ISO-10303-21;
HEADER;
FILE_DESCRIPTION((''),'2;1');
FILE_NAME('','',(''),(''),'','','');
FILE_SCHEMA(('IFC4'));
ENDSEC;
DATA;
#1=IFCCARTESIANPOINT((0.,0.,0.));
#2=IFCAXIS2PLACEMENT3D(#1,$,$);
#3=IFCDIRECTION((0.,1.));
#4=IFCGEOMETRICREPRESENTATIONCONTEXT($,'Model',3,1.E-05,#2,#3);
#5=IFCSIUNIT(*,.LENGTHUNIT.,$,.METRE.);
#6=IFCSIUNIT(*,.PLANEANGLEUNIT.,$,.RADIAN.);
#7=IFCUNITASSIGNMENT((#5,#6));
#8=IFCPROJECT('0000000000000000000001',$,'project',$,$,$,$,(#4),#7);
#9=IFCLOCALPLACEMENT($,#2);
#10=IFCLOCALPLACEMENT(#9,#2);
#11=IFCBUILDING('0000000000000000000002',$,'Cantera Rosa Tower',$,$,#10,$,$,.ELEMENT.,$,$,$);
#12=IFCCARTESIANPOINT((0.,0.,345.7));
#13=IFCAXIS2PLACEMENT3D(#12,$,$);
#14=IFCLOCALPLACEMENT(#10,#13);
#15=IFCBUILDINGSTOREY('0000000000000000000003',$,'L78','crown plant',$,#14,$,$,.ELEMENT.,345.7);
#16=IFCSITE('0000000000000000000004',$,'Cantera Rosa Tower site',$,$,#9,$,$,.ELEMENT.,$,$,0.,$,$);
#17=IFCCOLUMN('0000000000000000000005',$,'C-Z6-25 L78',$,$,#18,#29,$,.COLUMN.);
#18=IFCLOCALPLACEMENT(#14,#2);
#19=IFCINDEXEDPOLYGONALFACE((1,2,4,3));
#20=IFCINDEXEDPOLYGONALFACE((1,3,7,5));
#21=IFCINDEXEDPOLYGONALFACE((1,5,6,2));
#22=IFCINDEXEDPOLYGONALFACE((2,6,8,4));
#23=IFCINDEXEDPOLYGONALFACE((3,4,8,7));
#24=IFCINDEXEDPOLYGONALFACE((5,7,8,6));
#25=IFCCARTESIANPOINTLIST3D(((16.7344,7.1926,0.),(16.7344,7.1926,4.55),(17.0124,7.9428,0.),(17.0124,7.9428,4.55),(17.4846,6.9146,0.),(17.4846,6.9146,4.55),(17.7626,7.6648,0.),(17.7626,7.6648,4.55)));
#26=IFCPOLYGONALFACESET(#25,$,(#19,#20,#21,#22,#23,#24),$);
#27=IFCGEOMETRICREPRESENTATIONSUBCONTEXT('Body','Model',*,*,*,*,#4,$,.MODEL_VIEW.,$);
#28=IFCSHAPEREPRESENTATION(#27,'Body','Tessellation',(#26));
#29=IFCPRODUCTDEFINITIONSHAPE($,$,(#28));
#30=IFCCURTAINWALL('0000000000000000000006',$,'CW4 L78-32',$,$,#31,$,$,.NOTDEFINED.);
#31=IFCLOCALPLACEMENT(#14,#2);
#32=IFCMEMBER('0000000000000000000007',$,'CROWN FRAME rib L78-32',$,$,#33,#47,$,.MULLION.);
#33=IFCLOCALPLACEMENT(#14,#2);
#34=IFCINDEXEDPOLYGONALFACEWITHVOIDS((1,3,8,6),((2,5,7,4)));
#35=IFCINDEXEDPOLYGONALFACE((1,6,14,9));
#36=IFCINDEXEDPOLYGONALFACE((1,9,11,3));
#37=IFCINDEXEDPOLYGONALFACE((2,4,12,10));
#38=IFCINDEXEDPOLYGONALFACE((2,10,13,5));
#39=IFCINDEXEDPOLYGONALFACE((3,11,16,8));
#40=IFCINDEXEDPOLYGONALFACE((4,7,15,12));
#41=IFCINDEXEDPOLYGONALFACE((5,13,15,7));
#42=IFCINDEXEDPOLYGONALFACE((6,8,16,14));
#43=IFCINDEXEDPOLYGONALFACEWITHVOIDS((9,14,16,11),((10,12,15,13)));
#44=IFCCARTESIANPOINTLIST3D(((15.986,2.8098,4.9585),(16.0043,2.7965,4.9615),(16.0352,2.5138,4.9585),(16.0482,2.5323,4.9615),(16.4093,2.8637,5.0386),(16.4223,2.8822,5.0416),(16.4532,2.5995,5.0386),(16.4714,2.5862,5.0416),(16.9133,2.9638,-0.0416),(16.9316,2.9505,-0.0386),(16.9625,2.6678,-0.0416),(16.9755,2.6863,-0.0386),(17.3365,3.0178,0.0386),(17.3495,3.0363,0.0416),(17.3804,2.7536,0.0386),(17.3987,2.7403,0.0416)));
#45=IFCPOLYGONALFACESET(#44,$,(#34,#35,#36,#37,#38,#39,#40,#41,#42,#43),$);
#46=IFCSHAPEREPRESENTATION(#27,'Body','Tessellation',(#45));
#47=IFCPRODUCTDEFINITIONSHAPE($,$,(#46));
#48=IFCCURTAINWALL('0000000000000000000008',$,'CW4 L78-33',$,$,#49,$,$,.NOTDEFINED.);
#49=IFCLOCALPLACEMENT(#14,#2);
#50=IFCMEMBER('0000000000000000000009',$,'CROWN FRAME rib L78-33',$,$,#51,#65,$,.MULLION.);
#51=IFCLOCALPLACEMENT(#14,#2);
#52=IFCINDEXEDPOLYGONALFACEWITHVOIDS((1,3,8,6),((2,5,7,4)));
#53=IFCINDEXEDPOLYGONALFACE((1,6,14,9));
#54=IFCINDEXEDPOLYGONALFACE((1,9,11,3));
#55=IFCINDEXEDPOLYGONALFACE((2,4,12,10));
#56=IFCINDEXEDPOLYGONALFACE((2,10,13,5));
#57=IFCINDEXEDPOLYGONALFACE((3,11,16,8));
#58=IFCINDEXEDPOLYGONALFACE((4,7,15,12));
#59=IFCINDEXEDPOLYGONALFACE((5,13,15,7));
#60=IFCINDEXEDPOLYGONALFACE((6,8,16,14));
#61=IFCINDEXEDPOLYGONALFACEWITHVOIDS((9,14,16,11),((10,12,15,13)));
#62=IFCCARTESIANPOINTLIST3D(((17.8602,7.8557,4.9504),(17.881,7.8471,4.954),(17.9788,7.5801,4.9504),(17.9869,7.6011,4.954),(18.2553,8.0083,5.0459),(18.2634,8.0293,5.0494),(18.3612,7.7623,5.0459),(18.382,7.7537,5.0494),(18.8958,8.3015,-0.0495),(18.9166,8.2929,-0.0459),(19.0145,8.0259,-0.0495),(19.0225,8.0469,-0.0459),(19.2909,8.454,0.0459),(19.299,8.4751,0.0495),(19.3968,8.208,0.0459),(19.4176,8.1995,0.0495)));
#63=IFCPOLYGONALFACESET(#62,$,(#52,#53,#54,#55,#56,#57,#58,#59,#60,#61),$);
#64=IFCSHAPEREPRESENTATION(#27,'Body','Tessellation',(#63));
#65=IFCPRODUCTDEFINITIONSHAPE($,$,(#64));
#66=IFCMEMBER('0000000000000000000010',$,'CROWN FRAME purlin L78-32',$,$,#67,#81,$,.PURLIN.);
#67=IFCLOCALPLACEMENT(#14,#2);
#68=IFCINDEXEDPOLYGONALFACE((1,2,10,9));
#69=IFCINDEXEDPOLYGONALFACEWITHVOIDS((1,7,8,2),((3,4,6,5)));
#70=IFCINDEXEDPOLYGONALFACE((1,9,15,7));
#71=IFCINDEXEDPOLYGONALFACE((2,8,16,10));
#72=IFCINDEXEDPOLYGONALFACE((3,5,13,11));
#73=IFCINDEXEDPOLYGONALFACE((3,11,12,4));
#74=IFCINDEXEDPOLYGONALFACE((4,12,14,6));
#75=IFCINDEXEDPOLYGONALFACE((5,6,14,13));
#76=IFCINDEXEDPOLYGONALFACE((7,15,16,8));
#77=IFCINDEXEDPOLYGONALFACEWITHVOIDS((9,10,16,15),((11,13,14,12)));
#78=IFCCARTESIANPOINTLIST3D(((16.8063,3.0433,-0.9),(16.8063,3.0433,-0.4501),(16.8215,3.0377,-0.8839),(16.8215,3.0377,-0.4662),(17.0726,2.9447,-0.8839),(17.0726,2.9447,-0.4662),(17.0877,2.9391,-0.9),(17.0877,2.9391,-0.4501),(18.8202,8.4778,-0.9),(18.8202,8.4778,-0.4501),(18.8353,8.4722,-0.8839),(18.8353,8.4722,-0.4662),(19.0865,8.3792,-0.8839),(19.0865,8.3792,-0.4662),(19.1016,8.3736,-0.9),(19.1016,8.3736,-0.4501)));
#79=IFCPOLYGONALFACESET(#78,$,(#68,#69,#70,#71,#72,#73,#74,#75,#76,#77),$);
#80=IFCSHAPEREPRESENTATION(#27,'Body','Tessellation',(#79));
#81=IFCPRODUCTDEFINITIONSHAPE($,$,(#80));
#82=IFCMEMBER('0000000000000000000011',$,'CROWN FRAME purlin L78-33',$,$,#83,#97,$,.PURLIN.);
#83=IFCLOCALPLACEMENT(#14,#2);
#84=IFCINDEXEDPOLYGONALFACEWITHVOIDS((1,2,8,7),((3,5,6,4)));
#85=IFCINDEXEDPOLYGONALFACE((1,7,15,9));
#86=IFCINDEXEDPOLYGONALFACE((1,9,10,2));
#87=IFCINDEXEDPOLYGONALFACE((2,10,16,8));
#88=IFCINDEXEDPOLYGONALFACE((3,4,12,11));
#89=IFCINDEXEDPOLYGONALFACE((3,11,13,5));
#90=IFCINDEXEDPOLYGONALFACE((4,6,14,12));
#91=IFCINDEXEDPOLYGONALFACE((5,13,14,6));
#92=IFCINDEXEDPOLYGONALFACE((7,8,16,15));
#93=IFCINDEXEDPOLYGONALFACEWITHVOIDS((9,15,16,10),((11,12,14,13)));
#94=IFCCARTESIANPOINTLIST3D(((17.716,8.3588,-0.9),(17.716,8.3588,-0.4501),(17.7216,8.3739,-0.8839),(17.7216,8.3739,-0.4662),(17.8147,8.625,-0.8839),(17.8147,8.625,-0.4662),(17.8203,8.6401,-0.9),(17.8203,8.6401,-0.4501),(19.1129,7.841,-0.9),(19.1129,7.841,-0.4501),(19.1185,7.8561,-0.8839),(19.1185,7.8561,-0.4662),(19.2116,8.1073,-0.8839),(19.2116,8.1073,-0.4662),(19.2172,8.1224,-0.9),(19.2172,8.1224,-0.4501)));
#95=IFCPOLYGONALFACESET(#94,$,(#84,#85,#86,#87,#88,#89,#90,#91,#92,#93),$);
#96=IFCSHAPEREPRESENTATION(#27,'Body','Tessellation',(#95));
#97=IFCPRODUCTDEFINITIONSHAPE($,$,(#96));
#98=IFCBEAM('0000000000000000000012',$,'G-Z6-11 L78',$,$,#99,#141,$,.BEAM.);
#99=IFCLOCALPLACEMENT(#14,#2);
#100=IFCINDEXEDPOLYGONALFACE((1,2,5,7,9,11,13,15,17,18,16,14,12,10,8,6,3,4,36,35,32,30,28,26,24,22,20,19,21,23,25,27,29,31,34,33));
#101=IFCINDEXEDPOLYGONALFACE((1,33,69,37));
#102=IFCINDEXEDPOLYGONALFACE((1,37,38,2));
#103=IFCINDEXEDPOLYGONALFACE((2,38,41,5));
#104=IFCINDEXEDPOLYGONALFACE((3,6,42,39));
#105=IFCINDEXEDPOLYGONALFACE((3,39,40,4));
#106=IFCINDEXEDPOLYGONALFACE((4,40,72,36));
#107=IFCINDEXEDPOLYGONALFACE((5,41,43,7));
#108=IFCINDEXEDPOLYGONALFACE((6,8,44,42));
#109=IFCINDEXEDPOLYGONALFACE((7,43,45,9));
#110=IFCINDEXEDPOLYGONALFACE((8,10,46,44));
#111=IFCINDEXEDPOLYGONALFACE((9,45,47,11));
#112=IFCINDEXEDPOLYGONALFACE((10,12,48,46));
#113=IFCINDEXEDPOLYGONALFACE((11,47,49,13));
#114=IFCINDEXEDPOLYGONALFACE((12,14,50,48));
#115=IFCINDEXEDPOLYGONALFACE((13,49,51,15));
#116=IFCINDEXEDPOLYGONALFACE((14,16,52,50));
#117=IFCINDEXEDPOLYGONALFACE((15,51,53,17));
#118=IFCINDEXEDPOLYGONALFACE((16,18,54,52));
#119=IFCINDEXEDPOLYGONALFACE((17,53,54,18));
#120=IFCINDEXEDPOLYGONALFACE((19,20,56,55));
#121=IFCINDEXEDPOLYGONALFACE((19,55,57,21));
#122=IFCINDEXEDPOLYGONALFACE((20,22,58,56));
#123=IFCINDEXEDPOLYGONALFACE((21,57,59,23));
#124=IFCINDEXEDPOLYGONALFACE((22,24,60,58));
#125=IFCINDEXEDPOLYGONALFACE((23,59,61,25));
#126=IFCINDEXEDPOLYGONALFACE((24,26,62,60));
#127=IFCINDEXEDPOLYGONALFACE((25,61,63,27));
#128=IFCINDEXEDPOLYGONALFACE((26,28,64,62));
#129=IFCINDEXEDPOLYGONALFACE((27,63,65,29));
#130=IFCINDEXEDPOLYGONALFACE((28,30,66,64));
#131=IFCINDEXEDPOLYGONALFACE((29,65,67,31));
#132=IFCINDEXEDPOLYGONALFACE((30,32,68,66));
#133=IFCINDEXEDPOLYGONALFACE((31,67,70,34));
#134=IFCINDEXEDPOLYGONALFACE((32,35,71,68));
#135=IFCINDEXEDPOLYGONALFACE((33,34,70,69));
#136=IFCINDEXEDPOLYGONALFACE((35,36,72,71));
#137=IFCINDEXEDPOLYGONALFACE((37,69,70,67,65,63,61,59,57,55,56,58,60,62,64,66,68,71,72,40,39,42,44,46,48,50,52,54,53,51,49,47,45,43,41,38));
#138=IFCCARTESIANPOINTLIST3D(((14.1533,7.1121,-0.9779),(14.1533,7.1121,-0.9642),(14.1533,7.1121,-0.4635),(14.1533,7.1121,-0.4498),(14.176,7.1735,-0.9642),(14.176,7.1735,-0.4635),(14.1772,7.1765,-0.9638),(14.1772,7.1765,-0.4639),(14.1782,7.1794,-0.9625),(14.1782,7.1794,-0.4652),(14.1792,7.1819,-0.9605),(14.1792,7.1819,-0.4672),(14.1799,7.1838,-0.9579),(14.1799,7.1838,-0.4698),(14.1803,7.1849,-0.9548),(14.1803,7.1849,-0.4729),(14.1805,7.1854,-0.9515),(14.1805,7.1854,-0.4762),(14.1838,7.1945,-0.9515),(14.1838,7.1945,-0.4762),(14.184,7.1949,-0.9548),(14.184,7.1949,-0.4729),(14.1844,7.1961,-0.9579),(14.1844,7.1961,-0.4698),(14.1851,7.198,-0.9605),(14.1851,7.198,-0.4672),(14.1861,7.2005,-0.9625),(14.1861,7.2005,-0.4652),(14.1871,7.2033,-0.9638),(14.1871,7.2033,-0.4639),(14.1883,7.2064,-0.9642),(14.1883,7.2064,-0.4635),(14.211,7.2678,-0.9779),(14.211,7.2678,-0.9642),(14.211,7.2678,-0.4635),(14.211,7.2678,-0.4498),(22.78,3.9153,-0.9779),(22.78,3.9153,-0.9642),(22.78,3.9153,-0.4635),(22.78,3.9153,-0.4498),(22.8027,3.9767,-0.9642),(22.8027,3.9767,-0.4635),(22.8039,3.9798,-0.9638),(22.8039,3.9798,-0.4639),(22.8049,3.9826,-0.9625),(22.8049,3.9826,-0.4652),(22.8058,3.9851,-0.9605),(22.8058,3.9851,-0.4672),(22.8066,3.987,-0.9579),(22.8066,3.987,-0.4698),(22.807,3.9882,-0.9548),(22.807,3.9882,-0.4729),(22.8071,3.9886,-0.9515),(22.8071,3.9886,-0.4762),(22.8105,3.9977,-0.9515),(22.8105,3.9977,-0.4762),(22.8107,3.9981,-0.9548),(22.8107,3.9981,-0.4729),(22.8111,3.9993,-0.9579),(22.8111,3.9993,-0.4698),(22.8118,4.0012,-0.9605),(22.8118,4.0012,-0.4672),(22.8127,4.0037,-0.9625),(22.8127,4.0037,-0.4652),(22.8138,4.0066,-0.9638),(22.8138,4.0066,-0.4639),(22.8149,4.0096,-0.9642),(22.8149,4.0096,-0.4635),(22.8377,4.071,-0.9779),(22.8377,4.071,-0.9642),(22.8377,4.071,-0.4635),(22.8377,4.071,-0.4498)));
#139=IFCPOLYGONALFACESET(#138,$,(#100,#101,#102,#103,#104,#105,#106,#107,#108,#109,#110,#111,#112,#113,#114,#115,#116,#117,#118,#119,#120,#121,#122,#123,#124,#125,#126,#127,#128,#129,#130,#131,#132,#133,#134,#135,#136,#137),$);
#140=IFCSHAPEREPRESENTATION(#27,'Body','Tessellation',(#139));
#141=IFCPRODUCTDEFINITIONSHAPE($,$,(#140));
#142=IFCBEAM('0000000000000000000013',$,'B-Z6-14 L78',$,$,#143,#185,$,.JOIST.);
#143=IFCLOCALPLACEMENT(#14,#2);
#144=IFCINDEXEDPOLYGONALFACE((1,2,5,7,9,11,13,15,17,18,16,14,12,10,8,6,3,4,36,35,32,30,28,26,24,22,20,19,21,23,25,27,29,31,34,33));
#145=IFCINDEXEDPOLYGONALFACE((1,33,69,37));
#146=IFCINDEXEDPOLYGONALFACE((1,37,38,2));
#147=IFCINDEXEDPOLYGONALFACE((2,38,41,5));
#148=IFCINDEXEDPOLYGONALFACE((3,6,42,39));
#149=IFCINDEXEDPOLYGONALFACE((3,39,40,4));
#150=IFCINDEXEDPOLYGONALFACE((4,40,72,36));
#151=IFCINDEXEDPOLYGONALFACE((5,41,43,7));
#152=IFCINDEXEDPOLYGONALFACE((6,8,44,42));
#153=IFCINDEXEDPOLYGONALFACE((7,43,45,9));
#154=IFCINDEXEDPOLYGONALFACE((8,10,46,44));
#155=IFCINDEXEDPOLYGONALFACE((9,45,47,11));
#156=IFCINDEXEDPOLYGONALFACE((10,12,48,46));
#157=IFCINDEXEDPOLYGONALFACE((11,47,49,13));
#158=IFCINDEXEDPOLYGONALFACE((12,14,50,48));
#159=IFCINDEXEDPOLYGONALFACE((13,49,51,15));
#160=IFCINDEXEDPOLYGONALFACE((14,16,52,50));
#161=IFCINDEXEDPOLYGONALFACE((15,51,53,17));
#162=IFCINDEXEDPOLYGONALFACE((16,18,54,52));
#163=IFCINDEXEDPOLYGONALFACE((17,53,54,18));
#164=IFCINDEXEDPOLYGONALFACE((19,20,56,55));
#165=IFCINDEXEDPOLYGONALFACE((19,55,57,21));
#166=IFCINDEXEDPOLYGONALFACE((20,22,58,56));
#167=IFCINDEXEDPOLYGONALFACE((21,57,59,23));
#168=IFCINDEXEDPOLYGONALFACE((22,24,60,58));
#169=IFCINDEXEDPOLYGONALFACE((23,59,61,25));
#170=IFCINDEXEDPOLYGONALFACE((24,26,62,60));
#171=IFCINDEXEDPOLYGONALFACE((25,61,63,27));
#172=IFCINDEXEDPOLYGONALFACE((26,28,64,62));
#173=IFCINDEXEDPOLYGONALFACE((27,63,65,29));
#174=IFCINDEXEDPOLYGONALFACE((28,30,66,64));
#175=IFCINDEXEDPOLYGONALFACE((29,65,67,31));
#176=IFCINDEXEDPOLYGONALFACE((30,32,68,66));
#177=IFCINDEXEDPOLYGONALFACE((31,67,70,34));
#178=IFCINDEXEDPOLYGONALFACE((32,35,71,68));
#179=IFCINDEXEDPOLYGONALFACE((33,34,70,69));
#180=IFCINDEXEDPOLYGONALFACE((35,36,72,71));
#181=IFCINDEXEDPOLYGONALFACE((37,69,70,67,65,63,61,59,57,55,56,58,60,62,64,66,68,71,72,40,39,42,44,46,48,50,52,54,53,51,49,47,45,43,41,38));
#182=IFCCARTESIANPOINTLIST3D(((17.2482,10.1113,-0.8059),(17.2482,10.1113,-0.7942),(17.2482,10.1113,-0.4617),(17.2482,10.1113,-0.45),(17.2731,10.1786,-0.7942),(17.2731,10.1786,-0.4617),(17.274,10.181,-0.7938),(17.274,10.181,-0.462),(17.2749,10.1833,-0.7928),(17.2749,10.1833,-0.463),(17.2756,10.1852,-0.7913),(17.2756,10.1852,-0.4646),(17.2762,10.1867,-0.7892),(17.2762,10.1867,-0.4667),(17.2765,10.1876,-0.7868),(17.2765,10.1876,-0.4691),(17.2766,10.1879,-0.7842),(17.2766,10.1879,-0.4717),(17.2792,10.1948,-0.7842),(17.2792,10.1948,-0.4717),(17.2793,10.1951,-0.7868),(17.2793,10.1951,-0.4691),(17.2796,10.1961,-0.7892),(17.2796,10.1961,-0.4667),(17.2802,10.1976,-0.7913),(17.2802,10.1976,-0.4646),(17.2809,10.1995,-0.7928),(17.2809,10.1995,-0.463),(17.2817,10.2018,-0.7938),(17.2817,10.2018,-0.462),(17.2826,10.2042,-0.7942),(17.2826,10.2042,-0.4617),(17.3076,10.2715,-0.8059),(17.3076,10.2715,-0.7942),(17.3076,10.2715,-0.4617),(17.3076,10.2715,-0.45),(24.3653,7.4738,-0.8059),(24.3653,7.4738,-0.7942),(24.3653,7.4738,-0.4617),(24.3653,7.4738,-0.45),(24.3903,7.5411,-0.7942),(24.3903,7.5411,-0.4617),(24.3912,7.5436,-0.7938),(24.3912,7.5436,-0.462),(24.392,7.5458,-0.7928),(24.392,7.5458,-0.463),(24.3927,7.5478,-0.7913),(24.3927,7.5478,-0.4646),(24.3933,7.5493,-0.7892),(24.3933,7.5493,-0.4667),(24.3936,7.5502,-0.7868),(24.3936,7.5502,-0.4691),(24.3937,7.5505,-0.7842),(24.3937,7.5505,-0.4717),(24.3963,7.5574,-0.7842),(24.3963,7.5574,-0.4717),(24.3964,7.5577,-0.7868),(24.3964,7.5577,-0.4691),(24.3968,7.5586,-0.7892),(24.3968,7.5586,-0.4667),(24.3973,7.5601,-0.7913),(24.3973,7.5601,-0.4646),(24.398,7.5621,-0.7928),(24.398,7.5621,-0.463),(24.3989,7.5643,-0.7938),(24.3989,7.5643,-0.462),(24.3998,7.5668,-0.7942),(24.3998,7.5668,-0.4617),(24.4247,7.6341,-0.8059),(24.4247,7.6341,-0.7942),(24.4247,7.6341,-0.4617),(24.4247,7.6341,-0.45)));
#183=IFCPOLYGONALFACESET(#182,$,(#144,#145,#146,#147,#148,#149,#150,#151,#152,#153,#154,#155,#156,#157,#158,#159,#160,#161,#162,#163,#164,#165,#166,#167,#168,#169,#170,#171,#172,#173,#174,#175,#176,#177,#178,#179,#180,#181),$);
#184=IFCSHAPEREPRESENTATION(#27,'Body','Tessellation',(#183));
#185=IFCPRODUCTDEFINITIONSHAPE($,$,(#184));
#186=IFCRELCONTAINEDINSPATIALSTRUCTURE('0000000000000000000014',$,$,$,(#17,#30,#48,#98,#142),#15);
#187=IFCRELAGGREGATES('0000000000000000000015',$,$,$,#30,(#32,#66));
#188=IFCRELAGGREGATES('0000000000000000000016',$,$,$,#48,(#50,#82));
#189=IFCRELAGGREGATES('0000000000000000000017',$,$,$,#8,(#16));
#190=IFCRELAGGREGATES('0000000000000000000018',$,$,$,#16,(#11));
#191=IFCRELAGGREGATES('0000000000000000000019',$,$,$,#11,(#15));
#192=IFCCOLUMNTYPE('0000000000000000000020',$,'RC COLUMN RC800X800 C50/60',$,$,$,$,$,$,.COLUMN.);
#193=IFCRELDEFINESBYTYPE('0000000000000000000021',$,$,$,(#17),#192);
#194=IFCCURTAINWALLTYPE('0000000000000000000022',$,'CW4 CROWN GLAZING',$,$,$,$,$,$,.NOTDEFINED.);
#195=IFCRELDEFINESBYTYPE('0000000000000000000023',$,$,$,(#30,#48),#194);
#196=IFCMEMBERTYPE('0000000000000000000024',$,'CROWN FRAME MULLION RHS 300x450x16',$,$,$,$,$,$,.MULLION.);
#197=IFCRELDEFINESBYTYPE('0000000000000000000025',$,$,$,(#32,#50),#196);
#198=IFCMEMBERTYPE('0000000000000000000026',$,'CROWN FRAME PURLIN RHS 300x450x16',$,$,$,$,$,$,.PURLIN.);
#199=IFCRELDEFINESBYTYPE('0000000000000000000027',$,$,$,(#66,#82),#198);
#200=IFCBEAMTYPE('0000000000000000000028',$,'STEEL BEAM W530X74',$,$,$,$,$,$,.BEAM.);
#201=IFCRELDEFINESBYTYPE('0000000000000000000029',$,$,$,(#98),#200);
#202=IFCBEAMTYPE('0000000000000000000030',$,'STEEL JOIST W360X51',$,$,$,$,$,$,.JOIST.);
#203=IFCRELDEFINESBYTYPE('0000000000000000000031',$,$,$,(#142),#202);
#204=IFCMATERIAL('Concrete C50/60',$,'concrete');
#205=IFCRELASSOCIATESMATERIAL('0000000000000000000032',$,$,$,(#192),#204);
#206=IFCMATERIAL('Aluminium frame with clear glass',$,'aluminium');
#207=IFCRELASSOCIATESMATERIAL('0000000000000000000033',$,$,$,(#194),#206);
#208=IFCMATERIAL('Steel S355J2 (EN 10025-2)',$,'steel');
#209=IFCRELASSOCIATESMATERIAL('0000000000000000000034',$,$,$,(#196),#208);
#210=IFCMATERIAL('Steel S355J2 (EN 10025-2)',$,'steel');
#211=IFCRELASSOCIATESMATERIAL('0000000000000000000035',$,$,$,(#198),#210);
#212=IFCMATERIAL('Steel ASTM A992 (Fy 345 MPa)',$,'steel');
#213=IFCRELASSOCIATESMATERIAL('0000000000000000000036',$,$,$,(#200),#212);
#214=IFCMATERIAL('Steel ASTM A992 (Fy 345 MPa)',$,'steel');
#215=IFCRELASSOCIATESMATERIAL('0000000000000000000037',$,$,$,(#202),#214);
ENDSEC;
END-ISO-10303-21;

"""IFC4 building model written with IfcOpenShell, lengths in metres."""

from ifc_helpers import new_model, si_unit, direction, frame, origin, origin_2d, place, context, subcontext, project, spatial, rectangle, hollow_rectangle, i_section, extrude, material, material_profile, profile_set, type_object, element, aggregate, save


model = new_model("IFC4")

# Units and contexts
model_context = context("Model", 3, precision=1e-05, world=origin(), true_north=direction((0.0, 1.0)))
body_context = subcontext(model_context, "Body", "Model", "MODEL_VIEW")
ifc_project = project(units=[si_unit("LENGTHUNIT", "METRE"), si_unit("PLANEANGLEUNIT", "RADIAN")], contexts=[model_context])

# Site, building, storey
site_placement = place(None, origin())
site = spatial("IfcSite", under=ifc_project, at=site_placement, Name="Cantera Rosa Tower site", CompositionType="ELEMENT", RefElevation=0.0)
building_placement = place(site_placement, origin())
building = spatial("IfcBuilding", under=site, at=building_placement, Name="Cantera Rosa Tower", CompositionType="ELEMENT")
storey_placement = place(building_placement, frame((0.0, 0.0, 345.7)))
storey = spatial("IfcBuildingStorey", under=building, at=storey_placement, Name="L78", Description="crown plant", CompositionType="ELEMENT", Elevation=345.7)

# Column
ifc_material_1 = material(Name="Concrete C50/60", Category="concrete")
ifc_material_profile_1 = material_profile(ifc_material_1, rectangle(XDim=0.8, YDim=0.8, at=origin_2d()), Name="RC COLUMN RC800X800 C50/60")
ifc_profile_set_1 = profile_set([ifc_material_profile_1], Name="Concrete C50/60")
column_type = type_object("IfcColumnType", Name="RC COLUMN RC800X800 C50/60", PredefinedType="COLUMN", material=ifc_profile_set_1)
column_placement = place(storey_placement, frame((17.2485, 7.4287, 0.0), z_axis=(0.0, 0.0, 1.0), x_axis=(0.347481, 0.937687, 0.0)))
element("IfcColumn", 1, at=column_placement, inside=storey, type_object=column_type, Name="C-Z6-25 L78", PredefinedType="COLUMN", context=body_context, shape_type="SweptSolid", body=[
    extrude(rectangle(XDim=0.8, YDim=0.8, at=origin_2d()), origin(), (0.0, 0.0, 1.0), 4.55),
])

# Curtain walls, members
ifc_material_2 = material(Name="Aluminium frame with clear glass", Category="aluminium")
curtain_wall_type = type_object("IfcCurtainWallType", Name="CW4 CROWN GLAZING", PredefinedType="NOTDEFINED", material=ifc_material_2)
curtain_wall_1_placement = place(storey_placement, origin())
curtain_wall_1 = element("IfcCurtainWall", 2, at=curtain_wall_1_placement, inside=storey, type_object=curtain_wall_type, Name="CW4 L78-32", PredefinedType="NOTDEFINED")
ifc_material_3 = material(Name="Steel S355J2 (EN 10025-2)", Category="steel")
ifc_material_profile_2 = material_profile(ifc_material_3, hollow_rectangle(XDim=0.3, YDim=0.45, WallThickness=0.0161, at=origin_2d()), Name="CROWN FRAME MULLION RHS 300x450x16")
ifc_profile_set_2 = profile_set([ifc_material_profile_2], Name="Steel S355J2 (EN 10025-2)")
member_type_1 = type_object("IfcMemberType", Name="CROWN FRAME MULLION RHS 300x450x16", PredefinedType="MULLION", material=ifc_profile_set_2)
member_1_placement = place(storey_placement, frame((17.156, 2.8521, 0.0), z_axis=(-0.182257, -0.03028, 0.982785), x_axis=(0.163894, -0.986478, 0.0)))
member_1 = element("IfcMember", 3, at=member_1_placement, type_object=member_type_1, Name="CROWN FRAME rib L78-32", PredefinedType="MULLION", context=body_context, shape_type="SweptSolid", body=[
    extrude(hollow_rectangle(XDim=0.3, YDim=0.45, WallThickness=0.0161, at=origin_2d()), origin(), (0.0, 0.0, 1.0), 5.0876),
])
curtain_wall_2_placement = place(storey_placement, origin())
curtain_wall_2 = element("IfcCurtainWall", 4, at=curtain_wall_2_placement, inside=storey, type_object=curtain_wall_type, Name="CW4 L78-33", PredefinedType="NOTDEFINED")
member_2_placement = place(storey_placement, frame((19.1567, 8.2505, 0.0), z_axis=(-0.202055, -0.086976, 0.975504), x_axis=(0.395382, -0.918517, 0.0)))
member_2 = element("IfcMember", 5, at=member_2_placement, type_object=member_type_1, Name="CROWN FRAME rib L78-33", PredefinedType="MULLION", context=body_context, shape_type="SweptSolid", body=[
    extrude(hollow_rectangle(XDim=0.3, YDim=0.45, WallThickness=0.0161, at=origin_2d()), origin(), (0.0, 0.0, 1.0), 5.1255),
])

# Members
ifc_material_4 = material(Name="Steel S355J2 (EN 10025-2)", Category="steel")
ifc_material_profile_3 = material_profile(ifc_material_4, hollow_rectangle(XDim=0.3, YDim=0.45, WallThickness=0.0161, at=origin_2d()), Name="CROWN FRAME PURLIN RHS 300x450x16")
ifc_profile_set_3 = profile_set([ifc_material_profile_3], Name="Steel S355J2 (EN 10025-2)")
member_type_2 = type_object("IfcMemberType", Name="CROWN FRAME PURLIN RHS 300x450x16", PredefinedType="PURLIN", material=ifc_profile_set_3)
member_3_placement = place(storey_placement, frame((16.947, 2.9912, -0.675), z_axis=(0.347483, 0.937686, 0.0), x_axis=(-0.937686, 0.347483, 0.0)))
member_3 = element("IfcMember", 6, at=member_3_placement, type_object=member_type_2, Name="CROWN FRAME purlin L78-32", PredefinedType="PURLIN", context=body_context, shape_type="SweptSolid", body=[
    extrude(hollow_rectangle(XDim=0.3, YDim=0.45, WallThickness=0.0161, at=origin_2d()), origin(), (0.0, 0.0, 1.0), 5.7957),
])
member_4_placement = place(storey_placement, frame((19.165, 7.9817, -0.675), z_axis=(-0.937656, 0.347565, 0.0), x_axis=(-0.347565, -0.937656, 0.0)))
member_4 = element("IfcMember", 7, at=member_4_placement, type_object=member_type_2, Name="CROWN FRAME purlin L78-33", PredefinedType="PURLIN", context=body_context, shape_type="SweptSolid", body=[
    extrude(hollow_rectangle(XDim=0.3, YDim=0.45, WallThickness=0.0161, at=origin_2d()), origin(), (0.0, 0.0, 1.0), 1.4897),
])

# Beams
ifc_material_5 = material(Name="Steel ASTM A992 (Fy 345 MPa)", Category="steel")
ifc_material_profile_4 = material_profile(ifc_material_5, i_section(OverallWidth=0.166, OverallDepth=0.5281, WebThickness=0.0098, FlangeThickness=0.0137, FilletRadius=0.0127, at=origin_2d()), Name="W530X74")
ifc_profile_set_4 = profile_set([ifc_material_profile_4], Name="Steel ASTM A992 (Fy 345 MPa)")
beam_type_1 = type_object("IfcBeamType", Name="STEEL BEAM W530X74", PredefinedType="BEAM", material=ifc_profile_set_4)
beam_1_placement = place(storey_placement, frame((22.8088, 3.9932, -0.7139), z_axis=(-0.937689, 0.347477, 0.0), x_axis=(-0.347477, -0.937689, 0.0)))
element("IfcBeam", 8, at=beam_1_placement, inside=storey, type_object=beam_type_1, Name="G-Z6-11 L78", PredefinedType="BEAM", context=body_context, shape_type="SweptSolid", body=[
    extrude(i_section(OverallWidth=0.166, OverallDepth=0.5281, WebThickness=0.0098, FlangeThickness=0.0137, FilletRadius=0.0127, at=origin_2d()), origin(), (0.0, 0.0, 1.0), 9.2),
])
ifc_material_6 = material(Name="Steel ASTM A992 (Fy 345 MPa)", Category="steel")
ifc_material_profile_5 = material_profile(ifc_material_6, i_section(OverallWidth=0.1709, OverallDepth=0.356, WebThickness=0.0073, FlangeThickness=0.0117, FilletRadius=0.01, at=origin_2d()), Name="W360X51")
ifc_profile_set_5 = profile_set([ifc_material_profile_5], Name="Steel ASTM A992 (Fy 345 MPa)")
beam_type_2 = type_object("IfcBeamType", Name="STEEL JOIST W360X51", PredefinedType="JOIST", material=ifc_profile_set_5)
beam_2_placement = place(storey_placement, frame((24.395, 7.554, -0.6279), z_axis=(-0.937686, 0.347483, 0.0), x_axis=(-0.347483, -0.937686, 0.0)))
element("IfcBeam", 9, at=beam_2_placement, inside=storey, type_object=beam_type_2, Name="B-Z6-14 L78", PredefinedType="JOIST", context=body_context, shape_type="SweptSolid", body=[
    extrude(i_section(OverallWidth=0.1709, OverallDepth=0.356, WebThickness=0.0073, FlangeThickness=0.0117, FilletRadius=0.01, at=origin_2d()), origin(), (0.0, 0.0, 1.0), 7.5901),
])

aggregate(curtain_wall_1, [member_1, member_3])
aggregate(curtain_wall_2, [member_2, member_4])

save(model, "model.ifc")
